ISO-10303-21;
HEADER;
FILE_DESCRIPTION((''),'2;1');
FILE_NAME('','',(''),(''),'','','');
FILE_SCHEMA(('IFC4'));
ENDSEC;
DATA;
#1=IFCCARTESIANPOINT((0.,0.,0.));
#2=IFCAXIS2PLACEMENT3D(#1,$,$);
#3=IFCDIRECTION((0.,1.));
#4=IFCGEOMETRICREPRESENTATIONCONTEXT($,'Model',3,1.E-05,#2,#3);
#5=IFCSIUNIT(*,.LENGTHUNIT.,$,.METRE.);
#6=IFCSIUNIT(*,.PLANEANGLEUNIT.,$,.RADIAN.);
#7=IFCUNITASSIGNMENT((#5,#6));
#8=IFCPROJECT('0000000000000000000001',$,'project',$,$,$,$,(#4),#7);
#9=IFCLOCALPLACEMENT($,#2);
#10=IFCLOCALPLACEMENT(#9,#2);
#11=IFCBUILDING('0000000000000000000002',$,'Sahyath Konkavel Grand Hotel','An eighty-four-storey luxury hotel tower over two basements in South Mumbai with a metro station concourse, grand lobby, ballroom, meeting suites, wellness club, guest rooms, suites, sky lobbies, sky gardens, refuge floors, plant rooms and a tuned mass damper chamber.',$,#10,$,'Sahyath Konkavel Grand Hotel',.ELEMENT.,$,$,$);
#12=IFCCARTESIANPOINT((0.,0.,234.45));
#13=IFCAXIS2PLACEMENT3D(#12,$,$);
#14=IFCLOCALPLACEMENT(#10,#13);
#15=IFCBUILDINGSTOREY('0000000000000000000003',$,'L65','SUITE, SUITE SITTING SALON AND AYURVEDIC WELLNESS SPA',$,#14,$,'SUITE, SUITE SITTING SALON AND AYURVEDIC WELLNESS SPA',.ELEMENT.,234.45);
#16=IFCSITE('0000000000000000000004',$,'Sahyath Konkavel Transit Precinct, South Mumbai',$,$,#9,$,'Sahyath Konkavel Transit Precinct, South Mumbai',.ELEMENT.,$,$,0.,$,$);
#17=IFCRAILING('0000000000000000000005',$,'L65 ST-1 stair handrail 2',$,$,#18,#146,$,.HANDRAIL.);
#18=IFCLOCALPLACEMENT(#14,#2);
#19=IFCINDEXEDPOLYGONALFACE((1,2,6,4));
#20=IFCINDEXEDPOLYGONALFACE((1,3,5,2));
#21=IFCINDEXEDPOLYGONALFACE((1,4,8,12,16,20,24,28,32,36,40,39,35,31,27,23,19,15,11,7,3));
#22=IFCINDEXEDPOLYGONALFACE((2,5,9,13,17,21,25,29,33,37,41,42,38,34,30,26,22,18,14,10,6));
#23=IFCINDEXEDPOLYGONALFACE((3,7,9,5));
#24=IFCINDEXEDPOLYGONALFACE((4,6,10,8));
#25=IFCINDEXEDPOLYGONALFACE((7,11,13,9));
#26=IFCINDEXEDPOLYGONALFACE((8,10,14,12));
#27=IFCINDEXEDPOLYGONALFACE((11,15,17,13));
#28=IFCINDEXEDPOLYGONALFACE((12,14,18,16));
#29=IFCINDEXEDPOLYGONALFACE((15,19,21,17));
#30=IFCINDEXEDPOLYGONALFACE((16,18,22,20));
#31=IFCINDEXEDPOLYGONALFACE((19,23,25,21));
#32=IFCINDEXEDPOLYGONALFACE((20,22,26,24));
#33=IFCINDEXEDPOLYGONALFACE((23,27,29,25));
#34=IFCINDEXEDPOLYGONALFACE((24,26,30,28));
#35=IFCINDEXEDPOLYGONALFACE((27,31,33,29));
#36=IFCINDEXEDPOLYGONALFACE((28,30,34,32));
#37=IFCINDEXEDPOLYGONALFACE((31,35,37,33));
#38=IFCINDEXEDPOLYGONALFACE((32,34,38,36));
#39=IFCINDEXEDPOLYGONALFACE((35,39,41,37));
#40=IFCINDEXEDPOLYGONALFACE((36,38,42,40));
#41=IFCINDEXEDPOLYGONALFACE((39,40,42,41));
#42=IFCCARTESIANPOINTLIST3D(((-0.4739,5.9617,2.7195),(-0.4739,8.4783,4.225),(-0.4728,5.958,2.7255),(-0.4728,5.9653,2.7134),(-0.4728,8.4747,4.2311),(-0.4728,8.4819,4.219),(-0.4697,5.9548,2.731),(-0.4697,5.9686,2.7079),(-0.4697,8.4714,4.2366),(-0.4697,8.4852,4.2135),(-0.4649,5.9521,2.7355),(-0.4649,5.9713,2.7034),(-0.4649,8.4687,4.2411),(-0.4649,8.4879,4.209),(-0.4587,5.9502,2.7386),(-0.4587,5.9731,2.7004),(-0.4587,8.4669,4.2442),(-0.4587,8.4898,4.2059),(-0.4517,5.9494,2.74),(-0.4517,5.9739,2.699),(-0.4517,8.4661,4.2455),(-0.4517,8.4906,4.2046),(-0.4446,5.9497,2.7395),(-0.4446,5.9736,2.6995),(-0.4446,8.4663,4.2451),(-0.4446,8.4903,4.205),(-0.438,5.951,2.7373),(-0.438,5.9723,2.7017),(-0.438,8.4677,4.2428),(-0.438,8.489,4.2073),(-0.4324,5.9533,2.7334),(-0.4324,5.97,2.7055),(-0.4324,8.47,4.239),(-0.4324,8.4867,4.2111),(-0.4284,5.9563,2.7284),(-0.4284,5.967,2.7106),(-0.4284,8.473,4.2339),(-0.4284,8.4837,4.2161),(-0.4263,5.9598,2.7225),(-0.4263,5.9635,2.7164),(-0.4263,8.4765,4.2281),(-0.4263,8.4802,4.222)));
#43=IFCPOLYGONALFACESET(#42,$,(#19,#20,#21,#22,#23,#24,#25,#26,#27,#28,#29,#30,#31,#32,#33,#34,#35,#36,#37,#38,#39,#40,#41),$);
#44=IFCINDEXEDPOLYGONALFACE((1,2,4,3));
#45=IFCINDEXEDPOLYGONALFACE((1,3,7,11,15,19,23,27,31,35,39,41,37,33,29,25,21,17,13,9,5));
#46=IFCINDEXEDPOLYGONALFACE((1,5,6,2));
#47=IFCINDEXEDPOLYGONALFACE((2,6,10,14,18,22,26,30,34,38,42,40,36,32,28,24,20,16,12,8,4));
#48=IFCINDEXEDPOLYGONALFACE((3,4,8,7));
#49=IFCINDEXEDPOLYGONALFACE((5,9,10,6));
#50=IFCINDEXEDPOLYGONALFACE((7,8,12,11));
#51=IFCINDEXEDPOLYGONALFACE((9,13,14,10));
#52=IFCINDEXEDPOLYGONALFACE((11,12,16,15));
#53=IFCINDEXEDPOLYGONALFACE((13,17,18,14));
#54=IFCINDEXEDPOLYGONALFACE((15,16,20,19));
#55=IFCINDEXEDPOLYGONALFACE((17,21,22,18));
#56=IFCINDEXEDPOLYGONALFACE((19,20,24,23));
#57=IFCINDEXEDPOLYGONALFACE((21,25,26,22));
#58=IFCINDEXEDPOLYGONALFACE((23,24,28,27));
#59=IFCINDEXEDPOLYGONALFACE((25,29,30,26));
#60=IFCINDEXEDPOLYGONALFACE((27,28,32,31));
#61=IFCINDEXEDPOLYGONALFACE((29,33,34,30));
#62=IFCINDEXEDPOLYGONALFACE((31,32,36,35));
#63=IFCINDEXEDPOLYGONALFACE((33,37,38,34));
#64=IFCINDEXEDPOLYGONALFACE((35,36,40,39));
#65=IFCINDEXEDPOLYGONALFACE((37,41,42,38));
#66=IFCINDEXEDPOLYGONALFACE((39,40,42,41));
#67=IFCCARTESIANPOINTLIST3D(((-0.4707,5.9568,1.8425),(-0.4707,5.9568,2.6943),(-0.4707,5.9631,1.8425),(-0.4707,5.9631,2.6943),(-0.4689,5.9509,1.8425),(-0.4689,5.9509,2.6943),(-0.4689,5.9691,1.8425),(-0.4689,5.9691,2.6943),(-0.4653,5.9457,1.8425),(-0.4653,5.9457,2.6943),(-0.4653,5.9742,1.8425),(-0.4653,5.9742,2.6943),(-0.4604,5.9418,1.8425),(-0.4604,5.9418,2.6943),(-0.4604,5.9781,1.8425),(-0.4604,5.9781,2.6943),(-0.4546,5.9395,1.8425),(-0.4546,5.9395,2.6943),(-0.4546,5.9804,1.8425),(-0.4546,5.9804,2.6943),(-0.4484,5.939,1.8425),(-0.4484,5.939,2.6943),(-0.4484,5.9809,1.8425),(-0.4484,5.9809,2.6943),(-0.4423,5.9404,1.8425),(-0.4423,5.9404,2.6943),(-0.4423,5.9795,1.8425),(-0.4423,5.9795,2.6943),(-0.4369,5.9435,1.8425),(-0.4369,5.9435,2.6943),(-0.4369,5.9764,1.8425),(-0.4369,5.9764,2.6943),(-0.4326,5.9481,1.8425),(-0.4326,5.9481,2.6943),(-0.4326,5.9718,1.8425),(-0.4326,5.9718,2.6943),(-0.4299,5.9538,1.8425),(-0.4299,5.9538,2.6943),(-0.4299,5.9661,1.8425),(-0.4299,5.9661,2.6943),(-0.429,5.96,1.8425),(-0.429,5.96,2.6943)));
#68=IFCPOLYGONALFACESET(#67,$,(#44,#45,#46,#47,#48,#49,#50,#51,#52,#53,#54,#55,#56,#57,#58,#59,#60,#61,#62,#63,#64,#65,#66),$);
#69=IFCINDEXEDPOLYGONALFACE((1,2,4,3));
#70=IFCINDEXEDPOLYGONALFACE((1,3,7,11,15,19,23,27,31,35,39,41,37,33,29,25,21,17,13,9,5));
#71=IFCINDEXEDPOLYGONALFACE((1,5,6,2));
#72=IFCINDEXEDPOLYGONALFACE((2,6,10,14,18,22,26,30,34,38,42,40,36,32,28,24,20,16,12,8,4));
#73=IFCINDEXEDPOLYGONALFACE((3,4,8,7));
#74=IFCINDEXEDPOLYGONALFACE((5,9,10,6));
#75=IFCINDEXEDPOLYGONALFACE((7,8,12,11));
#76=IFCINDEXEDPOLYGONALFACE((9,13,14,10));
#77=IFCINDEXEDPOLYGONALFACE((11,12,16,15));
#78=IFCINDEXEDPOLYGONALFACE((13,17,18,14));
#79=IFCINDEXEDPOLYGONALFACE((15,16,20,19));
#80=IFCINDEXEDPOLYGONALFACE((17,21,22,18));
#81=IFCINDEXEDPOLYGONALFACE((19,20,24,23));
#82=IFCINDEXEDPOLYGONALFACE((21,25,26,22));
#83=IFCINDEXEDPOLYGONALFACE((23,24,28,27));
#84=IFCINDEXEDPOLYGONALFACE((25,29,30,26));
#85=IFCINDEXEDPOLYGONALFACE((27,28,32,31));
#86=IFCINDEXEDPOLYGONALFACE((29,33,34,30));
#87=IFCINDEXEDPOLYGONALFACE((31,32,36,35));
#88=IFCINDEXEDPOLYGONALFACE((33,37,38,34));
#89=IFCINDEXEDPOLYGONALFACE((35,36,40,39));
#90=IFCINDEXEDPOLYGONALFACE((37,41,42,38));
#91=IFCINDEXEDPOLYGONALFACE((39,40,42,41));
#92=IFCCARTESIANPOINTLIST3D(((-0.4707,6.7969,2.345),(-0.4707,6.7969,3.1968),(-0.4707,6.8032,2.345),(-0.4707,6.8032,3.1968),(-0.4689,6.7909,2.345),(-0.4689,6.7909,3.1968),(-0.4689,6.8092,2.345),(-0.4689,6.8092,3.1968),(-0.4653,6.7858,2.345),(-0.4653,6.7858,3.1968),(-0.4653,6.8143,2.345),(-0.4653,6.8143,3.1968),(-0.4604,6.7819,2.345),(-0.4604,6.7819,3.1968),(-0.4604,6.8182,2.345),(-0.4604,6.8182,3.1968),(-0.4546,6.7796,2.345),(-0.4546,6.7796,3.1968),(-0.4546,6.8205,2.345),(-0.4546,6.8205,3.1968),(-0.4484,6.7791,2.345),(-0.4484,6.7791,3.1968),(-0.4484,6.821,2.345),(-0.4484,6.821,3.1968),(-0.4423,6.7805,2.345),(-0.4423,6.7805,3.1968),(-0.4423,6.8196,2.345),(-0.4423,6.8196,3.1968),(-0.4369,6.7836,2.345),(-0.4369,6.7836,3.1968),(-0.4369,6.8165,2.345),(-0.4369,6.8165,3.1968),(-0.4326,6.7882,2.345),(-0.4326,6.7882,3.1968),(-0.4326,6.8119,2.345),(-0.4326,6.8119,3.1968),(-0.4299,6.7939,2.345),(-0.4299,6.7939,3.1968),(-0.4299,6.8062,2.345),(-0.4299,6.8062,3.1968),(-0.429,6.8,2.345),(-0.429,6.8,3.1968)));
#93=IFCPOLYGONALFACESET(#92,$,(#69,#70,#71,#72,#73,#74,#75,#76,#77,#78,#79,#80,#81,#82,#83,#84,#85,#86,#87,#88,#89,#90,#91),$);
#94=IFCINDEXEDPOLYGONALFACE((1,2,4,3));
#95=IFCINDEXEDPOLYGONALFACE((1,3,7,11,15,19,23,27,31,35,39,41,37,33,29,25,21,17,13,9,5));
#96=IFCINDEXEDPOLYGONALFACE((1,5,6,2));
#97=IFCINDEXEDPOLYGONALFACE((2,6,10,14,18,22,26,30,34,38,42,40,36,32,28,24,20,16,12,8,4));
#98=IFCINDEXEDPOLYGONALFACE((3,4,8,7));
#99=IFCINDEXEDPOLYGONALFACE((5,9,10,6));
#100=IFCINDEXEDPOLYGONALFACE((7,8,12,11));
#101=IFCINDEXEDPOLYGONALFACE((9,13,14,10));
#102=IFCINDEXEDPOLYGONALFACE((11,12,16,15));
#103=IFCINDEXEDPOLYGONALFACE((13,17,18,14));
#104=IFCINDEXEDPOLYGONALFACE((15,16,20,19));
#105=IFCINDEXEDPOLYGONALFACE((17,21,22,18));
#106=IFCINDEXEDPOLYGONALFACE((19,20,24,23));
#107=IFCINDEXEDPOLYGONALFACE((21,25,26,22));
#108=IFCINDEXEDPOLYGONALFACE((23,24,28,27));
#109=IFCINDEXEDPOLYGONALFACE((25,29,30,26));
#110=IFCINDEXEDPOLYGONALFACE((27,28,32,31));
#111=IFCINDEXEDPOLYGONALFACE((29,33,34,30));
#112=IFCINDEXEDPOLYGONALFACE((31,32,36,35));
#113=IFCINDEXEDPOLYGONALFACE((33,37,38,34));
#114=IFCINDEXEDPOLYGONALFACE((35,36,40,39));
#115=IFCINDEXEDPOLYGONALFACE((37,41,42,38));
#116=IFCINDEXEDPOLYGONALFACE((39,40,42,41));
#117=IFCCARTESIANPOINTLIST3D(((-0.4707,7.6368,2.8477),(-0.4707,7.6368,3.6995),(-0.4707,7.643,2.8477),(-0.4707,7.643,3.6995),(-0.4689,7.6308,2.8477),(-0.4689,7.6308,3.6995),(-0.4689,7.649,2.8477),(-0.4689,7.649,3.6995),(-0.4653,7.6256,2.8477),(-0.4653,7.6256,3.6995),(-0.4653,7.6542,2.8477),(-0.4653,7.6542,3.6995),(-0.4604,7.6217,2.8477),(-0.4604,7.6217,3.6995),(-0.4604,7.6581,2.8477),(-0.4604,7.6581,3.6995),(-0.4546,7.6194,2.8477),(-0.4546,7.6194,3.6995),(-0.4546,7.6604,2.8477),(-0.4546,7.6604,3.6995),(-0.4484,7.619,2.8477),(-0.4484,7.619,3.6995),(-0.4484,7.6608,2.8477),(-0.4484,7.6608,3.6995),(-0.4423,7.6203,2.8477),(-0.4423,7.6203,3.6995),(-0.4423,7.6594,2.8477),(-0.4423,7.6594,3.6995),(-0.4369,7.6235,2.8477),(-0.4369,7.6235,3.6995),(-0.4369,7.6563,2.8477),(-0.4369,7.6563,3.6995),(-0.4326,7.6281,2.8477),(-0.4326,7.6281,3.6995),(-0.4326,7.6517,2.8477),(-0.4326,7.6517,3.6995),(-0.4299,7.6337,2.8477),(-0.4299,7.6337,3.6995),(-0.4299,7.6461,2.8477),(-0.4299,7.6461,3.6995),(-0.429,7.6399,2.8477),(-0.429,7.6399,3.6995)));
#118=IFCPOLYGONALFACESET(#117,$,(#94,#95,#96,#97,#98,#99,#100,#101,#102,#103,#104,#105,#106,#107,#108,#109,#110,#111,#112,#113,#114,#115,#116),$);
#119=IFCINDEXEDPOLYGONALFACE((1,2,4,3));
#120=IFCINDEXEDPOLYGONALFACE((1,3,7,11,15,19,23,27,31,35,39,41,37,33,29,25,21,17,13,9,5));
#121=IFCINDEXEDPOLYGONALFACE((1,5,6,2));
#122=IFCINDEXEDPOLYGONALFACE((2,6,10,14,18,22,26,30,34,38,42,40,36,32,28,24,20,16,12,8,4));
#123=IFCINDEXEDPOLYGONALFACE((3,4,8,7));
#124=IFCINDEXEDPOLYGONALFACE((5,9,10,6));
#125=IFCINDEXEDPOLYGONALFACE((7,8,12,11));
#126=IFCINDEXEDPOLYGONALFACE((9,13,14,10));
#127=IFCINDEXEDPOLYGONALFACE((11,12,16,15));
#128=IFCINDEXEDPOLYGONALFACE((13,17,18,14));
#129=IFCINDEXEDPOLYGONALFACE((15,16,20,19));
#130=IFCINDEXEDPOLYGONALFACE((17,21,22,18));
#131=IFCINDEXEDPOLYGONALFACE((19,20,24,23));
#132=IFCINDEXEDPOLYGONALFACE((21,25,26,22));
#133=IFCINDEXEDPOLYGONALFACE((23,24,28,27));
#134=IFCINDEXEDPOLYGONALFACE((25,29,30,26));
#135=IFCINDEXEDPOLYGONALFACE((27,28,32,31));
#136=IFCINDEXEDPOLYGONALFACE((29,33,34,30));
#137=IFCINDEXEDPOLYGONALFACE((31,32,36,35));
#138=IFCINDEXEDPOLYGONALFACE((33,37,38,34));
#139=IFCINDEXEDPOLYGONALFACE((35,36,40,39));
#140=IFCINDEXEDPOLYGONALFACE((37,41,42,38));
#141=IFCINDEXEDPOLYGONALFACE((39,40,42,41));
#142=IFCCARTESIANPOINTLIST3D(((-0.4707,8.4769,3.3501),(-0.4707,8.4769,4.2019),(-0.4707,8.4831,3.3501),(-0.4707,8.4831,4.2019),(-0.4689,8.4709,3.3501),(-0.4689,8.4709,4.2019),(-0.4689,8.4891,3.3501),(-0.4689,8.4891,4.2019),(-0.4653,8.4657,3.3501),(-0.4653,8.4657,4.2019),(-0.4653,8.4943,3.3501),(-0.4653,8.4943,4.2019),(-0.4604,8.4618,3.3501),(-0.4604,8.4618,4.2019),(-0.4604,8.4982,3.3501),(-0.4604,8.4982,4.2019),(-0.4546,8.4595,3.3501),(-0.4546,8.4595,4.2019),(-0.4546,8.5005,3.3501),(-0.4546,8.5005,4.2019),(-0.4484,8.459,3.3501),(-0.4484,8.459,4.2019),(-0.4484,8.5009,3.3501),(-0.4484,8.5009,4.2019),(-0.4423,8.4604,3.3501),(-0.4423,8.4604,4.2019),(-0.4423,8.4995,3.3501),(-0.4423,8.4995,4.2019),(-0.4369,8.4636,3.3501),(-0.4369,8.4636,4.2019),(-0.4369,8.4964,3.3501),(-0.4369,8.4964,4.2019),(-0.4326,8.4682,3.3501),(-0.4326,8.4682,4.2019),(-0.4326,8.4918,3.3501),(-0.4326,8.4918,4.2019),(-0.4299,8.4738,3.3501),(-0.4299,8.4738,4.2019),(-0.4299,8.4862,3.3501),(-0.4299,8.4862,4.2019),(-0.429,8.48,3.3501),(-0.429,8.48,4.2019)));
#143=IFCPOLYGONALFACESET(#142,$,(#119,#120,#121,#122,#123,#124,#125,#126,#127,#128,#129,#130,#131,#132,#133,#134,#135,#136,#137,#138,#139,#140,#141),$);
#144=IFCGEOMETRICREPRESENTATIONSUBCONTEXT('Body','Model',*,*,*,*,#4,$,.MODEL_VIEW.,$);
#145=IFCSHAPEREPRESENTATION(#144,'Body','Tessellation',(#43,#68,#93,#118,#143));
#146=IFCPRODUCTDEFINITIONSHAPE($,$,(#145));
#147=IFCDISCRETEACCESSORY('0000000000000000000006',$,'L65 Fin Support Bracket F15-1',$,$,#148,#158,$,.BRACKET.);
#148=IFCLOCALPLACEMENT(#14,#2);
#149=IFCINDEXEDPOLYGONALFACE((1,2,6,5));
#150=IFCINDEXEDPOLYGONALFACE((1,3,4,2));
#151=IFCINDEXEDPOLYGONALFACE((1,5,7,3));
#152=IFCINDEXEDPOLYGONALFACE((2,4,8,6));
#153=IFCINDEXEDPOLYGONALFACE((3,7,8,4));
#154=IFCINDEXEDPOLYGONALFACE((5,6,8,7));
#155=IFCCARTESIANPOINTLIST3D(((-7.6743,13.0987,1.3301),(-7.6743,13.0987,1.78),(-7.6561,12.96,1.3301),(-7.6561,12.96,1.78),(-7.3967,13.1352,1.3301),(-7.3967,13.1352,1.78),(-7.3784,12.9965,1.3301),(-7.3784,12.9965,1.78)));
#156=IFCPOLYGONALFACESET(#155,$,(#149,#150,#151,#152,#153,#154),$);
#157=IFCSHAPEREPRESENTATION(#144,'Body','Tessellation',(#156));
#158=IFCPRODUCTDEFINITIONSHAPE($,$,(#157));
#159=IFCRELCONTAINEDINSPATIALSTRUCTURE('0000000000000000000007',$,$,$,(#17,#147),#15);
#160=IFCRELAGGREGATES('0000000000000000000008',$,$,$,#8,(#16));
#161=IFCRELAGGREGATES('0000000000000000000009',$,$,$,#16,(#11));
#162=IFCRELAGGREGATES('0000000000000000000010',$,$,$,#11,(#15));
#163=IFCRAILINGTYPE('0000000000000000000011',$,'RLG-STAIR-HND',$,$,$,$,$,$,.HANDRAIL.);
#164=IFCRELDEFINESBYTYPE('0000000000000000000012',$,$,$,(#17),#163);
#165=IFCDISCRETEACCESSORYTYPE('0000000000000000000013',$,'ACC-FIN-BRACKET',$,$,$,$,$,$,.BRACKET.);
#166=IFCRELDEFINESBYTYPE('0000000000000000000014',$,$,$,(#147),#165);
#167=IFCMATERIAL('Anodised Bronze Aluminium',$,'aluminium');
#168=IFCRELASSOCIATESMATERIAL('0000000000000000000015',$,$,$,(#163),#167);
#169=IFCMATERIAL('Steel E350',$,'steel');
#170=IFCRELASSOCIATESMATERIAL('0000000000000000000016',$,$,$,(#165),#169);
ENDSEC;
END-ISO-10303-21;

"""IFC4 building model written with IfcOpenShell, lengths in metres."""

from ifc_helpers import new_model, si_unit, direction, frame, origin, origin_2d, place, context, subcontext, project, spatial, rectangle, circle, extrude, source, transform, mapped, material, type_object, element, save


model = new_model("IFC4")

# Units and contexts
model_context = context("Model", 3, precision=1e-05, world=origin(), true_north=direction((0.0, 1.0)))
body_context = subcontext(model_context, "Body", "Model", "MODEL_VIEW")
ifc_project = project(units=[si_unit("LENGTHUNIT", "METRE"), si_unit("PLANEANGLEUNIT", "RADIAN")], contexts=[model_context])

# Site, building, storey
site_placement = place(None, origin())
site = spatial("IfcSite", under=ifc_project, at=site_placement, Name="Sahyath Konkavel Transit Precinct, South Mumbai", LongName="Sahyath Konkavel Transit Precinct, South Mumbai", CompositionType="ELEMENT", RefElevation=0.0)
building_placement = place(site_placement, origin())
building = spatial("IfcBuilding", under=site, at=building_placement, Name="Sahyath Konkavel Grand Hotel", Description="An eighty-four-storey luxury hotel tower over two basements in South Mumbai with a metro station concourse, grand lobby, ballroom, meeting suites, wellness club, guest rooms, suites, sky lobbies, sky gardens, refuge floors, plant rooms and a tuned mass damper chamber.", LongName="Sahyath Konkavel Grand Hotel", CompositionType="ELEMENT")
storey_placement = place(building_placement, frame((0.0, 0.0, 234.45)))
storey = spatial("IfcBuildingStorey", under=building, at=storey_placement, Name="L65", Description="SUITE, SUITE SITTING SALON AND AYURVEDIC WELLNESS SPA", LongName="SUITE, SUITE SITTING SALON AND AYURVEDIC WELLNESS SPA", CompositionType="ELEMENT", Elevation=234.45)

# Shared definitions
ifc_material_1 = material(Name="Steel E350", Category="steel")

# Shared definitions
ifc_material_2 = material(Name="Anodised Bronze Aluminium", Category="aluminium")

# Railing
railing_type_1 = type_object("IfcRailingType", Name="RLG-STAIR-HND", PredefinedType="HANDRAIL", material=ifc_material_2)
railing_1_placement = place(storey_placement, frame((-0.45, 5.96, 1.8425)))
element("IfcRailing", 1, at=railing_1_placement, inside=storey, type_object=railing_type_1, Name="L65 ST-1 stair handrail 2", PredefinedType="HANDRAIL", context=body_context, shape_type="SweptSolid", body=[
    extrude(circle(Radius=0.0239, at=origin_2d()), frame((0.0, 0.0017, 0.877), z_axis=(0.0, 0.85816, 0.513383), x_axis=(-1.0, 0.0, 0.0)), (0.0, 0.0, 1.0), 2.9326),
    extrude(circle(Radius=0.021, at=origin_2d()), origin(), (0.0, 0.0, 1.0), 0.8518),
    extrude(circle(Radius=0.021, at=origin_2d()), frame((0.0, 0.8401, 0.5024)), (0.0, 0.0, 1.0), 0.8518),
    extrude(circle(Radius=0.021, at=origin_2d()), frame((0.0, 1.6799, 1.0051)), (0.0, 0.0, 1.0), 0.8518),
    extrude(circle(Radius=0.021, at=origin_2d()), frame((0.0, 2.52, 1.5076)), (0.0, 0.0, 1.0), 0.8518),
])

# Discrete accessory
discrete_accessory_type = type_object("IfcDiscreteAccessoryType", Name="ACC-FIN-BRACKET", PredefinedType="BRACKET", material=ifc_material_1)
shared_shape_1 = source(origin(), body_context, "Body", "SweptSolid", [
    extrude(rectangle(XDim=0.28, YDim=0.1399, at=origin_2d()), origin(), (0.0, 0.0, 1.0), 0.45),
])
discrete_accessory_placement = place(storey_placement, frame((-7.5264, 13.0476, 1.3301), z_axis=(0.0, 0.0, 1.0), x_axis=(-0.991445, -0.130526, 0.0)))
element("IfcDiscreteAccessory", 2, at=discrete_accessory_placement, inside=storey, type_object=discrete_accessory_type, Name="L65 Fin Support Bracket F15-1", PredefinedType="BRACKET", context=body_context, shape_type="MappedRepresentation", body=[
    mapped(shared_shape_1, transform((0.0, 0.0, 0.0), scale=1.0)),
])

save(model, "model.ifc")
